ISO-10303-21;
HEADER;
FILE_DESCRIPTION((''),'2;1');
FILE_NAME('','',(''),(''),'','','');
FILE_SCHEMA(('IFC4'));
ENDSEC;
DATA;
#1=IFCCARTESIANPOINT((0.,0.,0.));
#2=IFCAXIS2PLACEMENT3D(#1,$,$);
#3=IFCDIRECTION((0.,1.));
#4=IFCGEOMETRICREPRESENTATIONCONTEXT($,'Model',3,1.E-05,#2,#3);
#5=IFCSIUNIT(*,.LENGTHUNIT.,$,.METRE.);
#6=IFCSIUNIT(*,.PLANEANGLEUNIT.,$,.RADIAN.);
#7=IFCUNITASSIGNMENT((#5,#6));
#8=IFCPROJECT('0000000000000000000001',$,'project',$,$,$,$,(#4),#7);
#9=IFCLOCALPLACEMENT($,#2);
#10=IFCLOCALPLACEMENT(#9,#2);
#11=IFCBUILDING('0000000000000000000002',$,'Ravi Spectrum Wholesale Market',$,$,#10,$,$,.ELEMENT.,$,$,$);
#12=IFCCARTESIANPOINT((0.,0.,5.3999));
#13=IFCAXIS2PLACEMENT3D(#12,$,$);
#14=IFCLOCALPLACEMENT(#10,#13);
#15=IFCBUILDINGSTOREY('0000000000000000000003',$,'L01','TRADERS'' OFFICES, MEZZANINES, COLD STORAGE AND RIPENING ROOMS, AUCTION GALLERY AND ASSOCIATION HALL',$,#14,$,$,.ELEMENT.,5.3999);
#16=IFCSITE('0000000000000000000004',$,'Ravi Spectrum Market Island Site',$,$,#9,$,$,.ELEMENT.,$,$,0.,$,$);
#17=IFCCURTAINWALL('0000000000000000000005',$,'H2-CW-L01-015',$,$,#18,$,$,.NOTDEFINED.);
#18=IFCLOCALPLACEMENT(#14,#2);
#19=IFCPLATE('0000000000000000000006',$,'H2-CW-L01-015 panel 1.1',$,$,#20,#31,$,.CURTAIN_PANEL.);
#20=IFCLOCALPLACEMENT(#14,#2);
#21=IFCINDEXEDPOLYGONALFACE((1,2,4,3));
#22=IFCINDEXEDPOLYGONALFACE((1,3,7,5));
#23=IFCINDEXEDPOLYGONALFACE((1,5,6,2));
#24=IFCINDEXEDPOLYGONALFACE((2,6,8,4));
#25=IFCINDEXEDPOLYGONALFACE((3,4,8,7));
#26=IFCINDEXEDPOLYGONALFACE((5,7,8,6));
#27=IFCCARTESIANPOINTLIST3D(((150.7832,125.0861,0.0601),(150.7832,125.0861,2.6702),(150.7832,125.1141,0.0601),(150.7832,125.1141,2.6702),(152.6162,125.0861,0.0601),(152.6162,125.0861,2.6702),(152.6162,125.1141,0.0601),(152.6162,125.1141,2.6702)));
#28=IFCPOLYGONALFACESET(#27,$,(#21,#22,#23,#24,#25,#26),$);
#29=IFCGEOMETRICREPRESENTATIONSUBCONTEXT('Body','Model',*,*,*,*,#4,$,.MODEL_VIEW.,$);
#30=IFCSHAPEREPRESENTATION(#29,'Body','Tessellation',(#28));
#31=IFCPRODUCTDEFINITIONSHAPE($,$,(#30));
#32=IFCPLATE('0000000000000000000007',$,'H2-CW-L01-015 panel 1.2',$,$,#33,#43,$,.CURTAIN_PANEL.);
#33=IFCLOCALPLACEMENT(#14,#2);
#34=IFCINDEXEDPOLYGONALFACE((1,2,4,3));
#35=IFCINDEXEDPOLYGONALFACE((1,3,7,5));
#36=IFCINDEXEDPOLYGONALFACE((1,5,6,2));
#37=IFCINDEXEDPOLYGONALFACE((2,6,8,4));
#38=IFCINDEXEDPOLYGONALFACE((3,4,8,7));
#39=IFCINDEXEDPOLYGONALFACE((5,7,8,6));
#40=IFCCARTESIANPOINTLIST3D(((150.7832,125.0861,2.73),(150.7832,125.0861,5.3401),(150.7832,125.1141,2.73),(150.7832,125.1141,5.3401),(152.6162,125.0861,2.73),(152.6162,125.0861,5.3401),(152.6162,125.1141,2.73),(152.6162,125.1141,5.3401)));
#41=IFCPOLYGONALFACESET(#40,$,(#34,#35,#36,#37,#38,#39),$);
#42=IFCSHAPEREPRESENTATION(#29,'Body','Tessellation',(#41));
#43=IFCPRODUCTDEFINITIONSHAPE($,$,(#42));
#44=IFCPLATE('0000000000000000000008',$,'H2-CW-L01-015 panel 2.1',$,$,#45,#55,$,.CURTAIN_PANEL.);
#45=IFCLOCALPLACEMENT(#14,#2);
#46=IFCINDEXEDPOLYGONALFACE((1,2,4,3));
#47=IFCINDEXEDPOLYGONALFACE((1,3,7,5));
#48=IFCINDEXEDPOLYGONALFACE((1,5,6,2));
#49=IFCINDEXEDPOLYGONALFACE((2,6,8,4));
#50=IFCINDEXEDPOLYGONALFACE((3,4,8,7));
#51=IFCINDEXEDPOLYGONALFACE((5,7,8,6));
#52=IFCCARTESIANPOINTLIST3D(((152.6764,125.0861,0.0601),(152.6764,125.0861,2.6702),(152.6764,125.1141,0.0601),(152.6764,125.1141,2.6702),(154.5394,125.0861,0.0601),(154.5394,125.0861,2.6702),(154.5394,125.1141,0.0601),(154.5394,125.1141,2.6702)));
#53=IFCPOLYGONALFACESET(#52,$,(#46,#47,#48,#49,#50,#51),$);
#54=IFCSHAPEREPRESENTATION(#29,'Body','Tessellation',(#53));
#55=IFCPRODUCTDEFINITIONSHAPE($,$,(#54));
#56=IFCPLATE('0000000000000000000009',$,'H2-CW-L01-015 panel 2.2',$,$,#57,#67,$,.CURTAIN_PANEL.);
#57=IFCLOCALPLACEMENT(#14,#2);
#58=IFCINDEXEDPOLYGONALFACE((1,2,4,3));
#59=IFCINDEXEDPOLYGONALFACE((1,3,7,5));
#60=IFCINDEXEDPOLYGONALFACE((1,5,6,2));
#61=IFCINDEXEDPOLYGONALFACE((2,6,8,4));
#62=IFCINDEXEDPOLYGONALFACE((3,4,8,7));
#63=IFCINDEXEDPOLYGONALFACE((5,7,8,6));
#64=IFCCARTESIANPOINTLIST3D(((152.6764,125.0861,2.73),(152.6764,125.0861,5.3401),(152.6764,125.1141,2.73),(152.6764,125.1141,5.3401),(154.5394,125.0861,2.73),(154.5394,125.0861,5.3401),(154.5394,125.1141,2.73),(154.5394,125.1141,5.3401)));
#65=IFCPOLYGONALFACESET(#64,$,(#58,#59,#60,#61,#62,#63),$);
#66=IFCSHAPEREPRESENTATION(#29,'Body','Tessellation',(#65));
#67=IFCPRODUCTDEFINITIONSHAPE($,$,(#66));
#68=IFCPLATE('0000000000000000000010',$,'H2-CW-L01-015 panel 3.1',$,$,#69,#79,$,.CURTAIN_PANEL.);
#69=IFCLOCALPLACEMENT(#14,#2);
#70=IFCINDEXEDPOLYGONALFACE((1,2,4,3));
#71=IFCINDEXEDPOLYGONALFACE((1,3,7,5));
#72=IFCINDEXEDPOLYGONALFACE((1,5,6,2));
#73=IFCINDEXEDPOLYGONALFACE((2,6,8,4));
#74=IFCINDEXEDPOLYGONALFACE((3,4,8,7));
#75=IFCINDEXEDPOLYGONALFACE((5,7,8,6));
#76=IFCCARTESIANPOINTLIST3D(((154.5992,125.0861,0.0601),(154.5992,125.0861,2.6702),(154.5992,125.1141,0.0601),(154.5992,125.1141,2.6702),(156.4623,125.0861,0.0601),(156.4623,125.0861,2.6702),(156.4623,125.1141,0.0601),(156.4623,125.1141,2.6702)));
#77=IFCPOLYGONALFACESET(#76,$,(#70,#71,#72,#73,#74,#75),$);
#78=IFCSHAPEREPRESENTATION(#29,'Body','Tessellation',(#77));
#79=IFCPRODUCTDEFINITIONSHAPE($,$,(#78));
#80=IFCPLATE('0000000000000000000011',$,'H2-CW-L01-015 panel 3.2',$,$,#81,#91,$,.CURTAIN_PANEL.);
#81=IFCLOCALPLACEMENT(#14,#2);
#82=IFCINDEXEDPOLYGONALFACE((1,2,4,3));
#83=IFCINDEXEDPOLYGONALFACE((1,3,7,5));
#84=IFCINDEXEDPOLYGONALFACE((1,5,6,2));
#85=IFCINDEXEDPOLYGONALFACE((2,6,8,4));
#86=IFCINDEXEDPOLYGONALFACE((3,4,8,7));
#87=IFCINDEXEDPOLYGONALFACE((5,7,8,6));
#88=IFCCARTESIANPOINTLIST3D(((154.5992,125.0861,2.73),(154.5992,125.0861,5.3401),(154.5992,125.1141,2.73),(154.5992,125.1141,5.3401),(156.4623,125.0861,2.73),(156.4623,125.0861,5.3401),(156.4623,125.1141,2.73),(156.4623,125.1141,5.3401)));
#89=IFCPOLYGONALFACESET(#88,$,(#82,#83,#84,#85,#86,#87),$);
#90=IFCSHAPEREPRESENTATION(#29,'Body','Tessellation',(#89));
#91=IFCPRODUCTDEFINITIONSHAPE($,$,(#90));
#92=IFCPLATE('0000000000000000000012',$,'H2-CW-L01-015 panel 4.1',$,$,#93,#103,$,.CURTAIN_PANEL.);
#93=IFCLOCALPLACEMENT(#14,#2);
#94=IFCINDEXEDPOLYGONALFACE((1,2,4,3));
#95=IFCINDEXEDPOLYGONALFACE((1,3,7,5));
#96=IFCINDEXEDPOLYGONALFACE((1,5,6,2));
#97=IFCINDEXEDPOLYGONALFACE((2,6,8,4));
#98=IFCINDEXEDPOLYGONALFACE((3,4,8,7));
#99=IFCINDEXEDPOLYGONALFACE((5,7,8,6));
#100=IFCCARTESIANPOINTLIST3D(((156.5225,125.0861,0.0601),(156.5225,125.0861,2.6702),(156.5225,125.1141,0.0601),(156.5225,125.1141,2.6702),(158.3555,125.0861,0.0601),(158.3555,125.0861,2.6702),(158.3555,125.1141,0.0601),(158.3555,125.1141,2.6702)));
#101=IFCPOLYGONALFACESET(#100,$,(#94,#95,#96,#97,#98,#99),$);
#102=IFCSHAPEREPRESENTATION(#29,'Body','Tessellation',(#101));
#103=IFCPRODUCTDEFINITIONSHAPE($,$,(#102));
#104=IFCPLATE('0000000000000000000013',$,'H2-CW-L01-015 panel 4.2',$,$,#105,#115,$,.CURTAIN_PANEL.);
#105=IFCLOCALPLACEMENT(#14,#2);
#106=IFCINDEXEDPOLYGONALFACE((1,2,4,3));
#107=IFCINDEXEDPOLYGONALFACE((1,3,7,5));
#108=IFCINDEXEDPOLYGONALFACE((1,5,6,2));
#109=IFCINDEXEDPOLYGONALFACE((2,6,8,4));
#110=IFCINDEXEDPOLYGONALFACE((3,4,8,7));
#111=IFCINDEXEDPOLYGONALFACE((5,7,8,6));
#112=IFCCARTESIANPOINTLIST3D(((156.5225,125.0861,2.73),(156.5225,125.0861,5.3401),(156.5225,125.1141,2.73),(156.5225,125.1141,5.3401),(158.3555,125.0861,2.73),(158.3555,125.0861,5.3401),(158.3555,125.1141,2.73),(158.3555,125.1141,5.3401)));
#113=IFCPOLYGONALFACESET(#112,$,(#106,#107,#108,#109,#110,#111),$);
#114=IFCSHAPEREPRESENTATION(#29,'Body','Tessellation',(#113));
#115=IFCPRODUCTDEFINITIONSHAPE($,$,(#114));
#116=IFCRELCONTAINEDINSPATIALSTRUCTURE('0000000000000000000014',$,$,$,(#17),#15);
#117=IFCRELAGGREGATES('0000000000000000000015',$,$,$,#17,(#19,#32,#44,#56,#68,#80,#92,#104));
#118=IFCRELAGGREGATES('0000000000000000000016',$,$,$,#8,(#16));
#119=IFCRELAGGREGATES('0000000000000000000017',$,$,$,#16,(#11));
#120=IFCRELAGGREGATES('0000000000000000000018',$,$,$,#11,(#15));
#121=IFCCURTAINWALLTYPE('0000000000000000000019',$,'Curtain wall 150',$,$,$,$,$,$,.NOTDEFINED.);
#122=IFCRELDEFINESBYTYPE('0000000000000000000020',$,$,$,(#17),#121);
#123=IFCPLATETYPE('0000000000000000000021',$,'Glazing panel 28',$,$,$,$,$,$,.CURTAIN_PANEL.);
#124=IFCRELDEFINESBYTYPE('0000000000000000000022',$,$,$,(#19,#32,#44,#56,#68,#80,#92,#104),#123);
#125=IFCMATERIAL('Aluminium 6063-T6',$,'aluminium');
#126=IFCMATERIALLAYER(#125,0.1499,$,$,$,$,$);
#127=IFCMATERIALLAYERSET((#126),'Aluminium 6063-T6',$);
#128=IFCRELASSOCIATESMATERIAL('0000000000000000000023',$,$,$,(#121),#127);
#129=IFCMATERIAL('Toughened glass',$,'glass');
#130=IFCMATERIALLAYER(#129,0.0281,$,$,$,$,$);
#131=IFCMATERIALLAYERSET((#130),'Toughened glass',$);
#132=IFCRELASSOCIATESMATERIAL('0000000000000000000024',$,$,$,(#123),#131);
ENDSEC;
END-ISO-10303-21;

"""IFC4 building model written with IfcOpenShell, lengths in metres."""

from ifc_helpers import new_model, si_unit, direction, frame, origin, origin_2d, place, context, subcontext, project, spatial, rectangle, extrude, material, layer, layer_set, type_object, element, aggregate, save


model = new_model("IFC4")

# Units and contexts
model_context = context("Model", 3, precision=1e-05, world=origin(), true_north=direction((0.0, 1.0)))
body_context = subcontext(model_context, "Body", "Model", "MODEL_VIEW")
ifc_project = project(units=[si_unit("LENGTHUNIT", "METRE"), si_unit("PLANEANGLEUNIT", "RADIAN")], contexts=[model_context])

# Site, building, storey
site_placement = place(None, origin())
site = spatial("IfcSite", under=ifc_project, at=site_placement, Name="Ravi Spectrum Market Island Site", CompositionType="ELEMENT", RefElevation=0.0)
building_placement = place(site_placement, origin())
building = spatial("IfcBuilding", under=site, at=building_placement, Name="Ravi Spectrum Wholesale Market", CompositionType="ELEMENT")
storey_placement = place(building_placement, frame((0.0, 0.0, 5.3999)))
storey = spatial("IfcBuildingStorey", under=building, at=storey_placement, Name="L01", Description="TRADERS' OFFICES, MEZZANINES, COLD STORAGE AND RIPENING ROOMS, AUCTION GALLERY AND ASSOCIATION HALL", CompositionType="ELEMENT", Elevation=5.3999)

# Curtain wall, plates
ifc_material_1 = material(Name="Aluminium 6063-T6", Category="aluminium")
ifc_layer_1 = layer(ifc_material_1, 0.1499)
ifc_layer_set_1 = layer_set([ifc_layer_1], Name="Aluminium 6063-T6")
curtain_wall_type = type_object("IfcCurtainWallType", Name="Curtain wall 150", PredefinedType="NOTDEFINED", material=ifc_layer_set_1)
curtain_wall_placement = place(storey_placement, origin())
curtain_wall = element("IfcCurtainWall", 1, at=curtain_wall_placement, inside=storey, type_object=curtain_wall_type, Name="H2-CW-L01-015", PredefinedType="NOTDEFINED")
ifc_material_2 = material(Name="Toughened glass", Category="glass")
ifc_layer_2 = layer(ifc_material_2, 0.0281)
ifc_layer_set_2 = layer_set([ifc_layer_2], Name="Toughened glass")
plate_type = type_object("IfcPlateType", Name="Glazing panel 28", PredefinedType="CURTAIN_PANEL", material=ifc_layer_set_2)
plate_1_placement = place(storey_placement, frame((151.6997, 125.1001, 0.0601), z_axis=(0.0, 0.0, 1.0), x_axis=(1.0, 0.0, 0.0)))
plate_1 = element("IfcPlate", 2, at=plate_1_placement, type_object=plate_type, Name="H2-CW-L01-015 panel 1.1", PredefinedType="CURTAIN_PANEL", context=body_context, shape_type="SweptSolid", body=[
    extrude(rectangle(XDim=1.833, YDim=0.0281, at=origin_2d()), origin(), (0.0, 0.0, 1.0), 2.6101),
])
plate_2_placement = place(storey_placement, frame((151.6997, 125.1001, 2.73), z_axis=(0.0, 0.0, 1.0), x_axis=(1.0, 0.0, 0.0)))
plate_2 = element("IfcPlate", 3, at=plate_2_placement, type_object=plate_type, Name="H2-CW-L01-015 panel 1.2", PredefinedType="CURTAIN_PANEL", context=body_context, shape_type="SweptSolid", body=[
    extrude(rectangle(XDim=1.833, YDim=0.0281, at=origin_2d()), origin(), (0.0, 0.0, 1.0), 2.6101),
])
plate_3_placement = place(storey_placement, frame((153.6079, 125.1001, 0.0601), z_axis=(0.0, 0.0, 1.0), x_axis=(1.0, 0.0, 0.0)))
plate_3 = element("IfcPlate", 4, at=plate_3_placement, type_object=plate_type, Name="H2-CW-L01-015 panel 2.1", PredefinedType="CURTAIN_PANEL", context=body_context, shape_type="SweptSolid", body=[
    extrude(rectangle(XDim=1.863, YDim=0.0281, at=origin_2d()), origin(), (0.0, 0.0, 1.0), 2.6101),
])
plate_4_placement = place(storey_placement, frame((153.6079, 125.1001, 2.73), z_axis=(0.0, 0.0, 1.0), x_axis=(1.0, 0.0, 0.0)))
plate_4 = element("IfcPlate", 5, at=plate_4_placement, type_object=plate_type, Name="H2-CW-L01-015 panel 2.2", PredefinedType="CURTAIN_PANEL", context=body_context, shape_type="SweptSolid", body=[
    extrude(rectangle(XDim=1.863, YDim=0.0281, at=origin_2d()), origin(), (0.0, 0.0, 1.0), 2.6101),
])
plate_5_placement = place(storey_placement, frame((155.5308, 125.1001, 0.0601), z_axis=(0.0, 0.0, 1.0), x_axis=(1.0, 0.0, 0.0)))
plate_5 = element("IfcPlate", 6, at=plate_5_placement, type_object=plate_type, Name="H2-CW-L01-015 panel 3.1", PredefinedType="CURTAIN_PANEL", context=body_context, shape_type="SweptSolid", body=[
    extrude(rectangle(XDim=1.863, YDim=0.0281, at=origin_2d()), origin(), (0.0, 0.0, 1.0), 2.6101),
])
plate_6_placement = place(storey_placement, frame((155.5308, 125.1001, 2.73), z_axis=(0.0, 0.0, 1.0), x_axis=(1.0, 0.0, 0.0)))
plate_6 = element("IfcPlate", 7, at=plate_6_placement, type_object=plate_type, Name="H2-CW-L01-015 panel 3.2", PredefinedType="CURTAIN_PANEL", context=body_context, shape_type="SweptSolid", body=[
    extrude(rectangle(XDim=1.863, YDim=0.0281, at=origin_2d()), origin(), (0.0, 0.0, 1.0), 2.6101),
])
plate_7_placement = place(storey_placement, frame((157.439, 125.1001, 0.0601), z_axis=(0.0, 0.0, 1.0), x_axis=(1.0, 0.0, 0.0)))
plate_7 = element("IfcPlate", 8, at=plate_7_placement, type_object=plate_type, Name="H2-CW-L01-015 panel 4.1", PredefinedType="CURTAIN_PANEL", context=body_context, shape_type="SweptSolid", body=[
    extrude(rectangle(XDim=1.833, YDim=0.0281, at=origin_2d()), origin(), (0.0, 0.0, 1.0), 2.6101),
])
plate_8_placement = place(storey_placement, frame((157.439, 125.1001, 2.73), z_axis=(0.0, 0.0, 1.0), x_axis=(1.0, 0.0, 0.0)))
plate_8 = element("IfcPlate", 9, at=plate_8_placement, type_object=plate_type, Name="H2-CW-L01-015 panel 4.2", PredefinedType="CURTAIN_PANEL", context=body_context, shape_type="SweptSolid", body=[
    extrude(rectangle(XDim=1.833, YDim=0.0281, at=origin_2d()), origin(), (0.0, 0.0, 1.0), 2.6101),
])
aggregate(curtain_wall, [plate_1, plate_2, plate_3, plate_4, plate_5, plate_6, plate_7, plate_8])

save(model, "model.ifc")
